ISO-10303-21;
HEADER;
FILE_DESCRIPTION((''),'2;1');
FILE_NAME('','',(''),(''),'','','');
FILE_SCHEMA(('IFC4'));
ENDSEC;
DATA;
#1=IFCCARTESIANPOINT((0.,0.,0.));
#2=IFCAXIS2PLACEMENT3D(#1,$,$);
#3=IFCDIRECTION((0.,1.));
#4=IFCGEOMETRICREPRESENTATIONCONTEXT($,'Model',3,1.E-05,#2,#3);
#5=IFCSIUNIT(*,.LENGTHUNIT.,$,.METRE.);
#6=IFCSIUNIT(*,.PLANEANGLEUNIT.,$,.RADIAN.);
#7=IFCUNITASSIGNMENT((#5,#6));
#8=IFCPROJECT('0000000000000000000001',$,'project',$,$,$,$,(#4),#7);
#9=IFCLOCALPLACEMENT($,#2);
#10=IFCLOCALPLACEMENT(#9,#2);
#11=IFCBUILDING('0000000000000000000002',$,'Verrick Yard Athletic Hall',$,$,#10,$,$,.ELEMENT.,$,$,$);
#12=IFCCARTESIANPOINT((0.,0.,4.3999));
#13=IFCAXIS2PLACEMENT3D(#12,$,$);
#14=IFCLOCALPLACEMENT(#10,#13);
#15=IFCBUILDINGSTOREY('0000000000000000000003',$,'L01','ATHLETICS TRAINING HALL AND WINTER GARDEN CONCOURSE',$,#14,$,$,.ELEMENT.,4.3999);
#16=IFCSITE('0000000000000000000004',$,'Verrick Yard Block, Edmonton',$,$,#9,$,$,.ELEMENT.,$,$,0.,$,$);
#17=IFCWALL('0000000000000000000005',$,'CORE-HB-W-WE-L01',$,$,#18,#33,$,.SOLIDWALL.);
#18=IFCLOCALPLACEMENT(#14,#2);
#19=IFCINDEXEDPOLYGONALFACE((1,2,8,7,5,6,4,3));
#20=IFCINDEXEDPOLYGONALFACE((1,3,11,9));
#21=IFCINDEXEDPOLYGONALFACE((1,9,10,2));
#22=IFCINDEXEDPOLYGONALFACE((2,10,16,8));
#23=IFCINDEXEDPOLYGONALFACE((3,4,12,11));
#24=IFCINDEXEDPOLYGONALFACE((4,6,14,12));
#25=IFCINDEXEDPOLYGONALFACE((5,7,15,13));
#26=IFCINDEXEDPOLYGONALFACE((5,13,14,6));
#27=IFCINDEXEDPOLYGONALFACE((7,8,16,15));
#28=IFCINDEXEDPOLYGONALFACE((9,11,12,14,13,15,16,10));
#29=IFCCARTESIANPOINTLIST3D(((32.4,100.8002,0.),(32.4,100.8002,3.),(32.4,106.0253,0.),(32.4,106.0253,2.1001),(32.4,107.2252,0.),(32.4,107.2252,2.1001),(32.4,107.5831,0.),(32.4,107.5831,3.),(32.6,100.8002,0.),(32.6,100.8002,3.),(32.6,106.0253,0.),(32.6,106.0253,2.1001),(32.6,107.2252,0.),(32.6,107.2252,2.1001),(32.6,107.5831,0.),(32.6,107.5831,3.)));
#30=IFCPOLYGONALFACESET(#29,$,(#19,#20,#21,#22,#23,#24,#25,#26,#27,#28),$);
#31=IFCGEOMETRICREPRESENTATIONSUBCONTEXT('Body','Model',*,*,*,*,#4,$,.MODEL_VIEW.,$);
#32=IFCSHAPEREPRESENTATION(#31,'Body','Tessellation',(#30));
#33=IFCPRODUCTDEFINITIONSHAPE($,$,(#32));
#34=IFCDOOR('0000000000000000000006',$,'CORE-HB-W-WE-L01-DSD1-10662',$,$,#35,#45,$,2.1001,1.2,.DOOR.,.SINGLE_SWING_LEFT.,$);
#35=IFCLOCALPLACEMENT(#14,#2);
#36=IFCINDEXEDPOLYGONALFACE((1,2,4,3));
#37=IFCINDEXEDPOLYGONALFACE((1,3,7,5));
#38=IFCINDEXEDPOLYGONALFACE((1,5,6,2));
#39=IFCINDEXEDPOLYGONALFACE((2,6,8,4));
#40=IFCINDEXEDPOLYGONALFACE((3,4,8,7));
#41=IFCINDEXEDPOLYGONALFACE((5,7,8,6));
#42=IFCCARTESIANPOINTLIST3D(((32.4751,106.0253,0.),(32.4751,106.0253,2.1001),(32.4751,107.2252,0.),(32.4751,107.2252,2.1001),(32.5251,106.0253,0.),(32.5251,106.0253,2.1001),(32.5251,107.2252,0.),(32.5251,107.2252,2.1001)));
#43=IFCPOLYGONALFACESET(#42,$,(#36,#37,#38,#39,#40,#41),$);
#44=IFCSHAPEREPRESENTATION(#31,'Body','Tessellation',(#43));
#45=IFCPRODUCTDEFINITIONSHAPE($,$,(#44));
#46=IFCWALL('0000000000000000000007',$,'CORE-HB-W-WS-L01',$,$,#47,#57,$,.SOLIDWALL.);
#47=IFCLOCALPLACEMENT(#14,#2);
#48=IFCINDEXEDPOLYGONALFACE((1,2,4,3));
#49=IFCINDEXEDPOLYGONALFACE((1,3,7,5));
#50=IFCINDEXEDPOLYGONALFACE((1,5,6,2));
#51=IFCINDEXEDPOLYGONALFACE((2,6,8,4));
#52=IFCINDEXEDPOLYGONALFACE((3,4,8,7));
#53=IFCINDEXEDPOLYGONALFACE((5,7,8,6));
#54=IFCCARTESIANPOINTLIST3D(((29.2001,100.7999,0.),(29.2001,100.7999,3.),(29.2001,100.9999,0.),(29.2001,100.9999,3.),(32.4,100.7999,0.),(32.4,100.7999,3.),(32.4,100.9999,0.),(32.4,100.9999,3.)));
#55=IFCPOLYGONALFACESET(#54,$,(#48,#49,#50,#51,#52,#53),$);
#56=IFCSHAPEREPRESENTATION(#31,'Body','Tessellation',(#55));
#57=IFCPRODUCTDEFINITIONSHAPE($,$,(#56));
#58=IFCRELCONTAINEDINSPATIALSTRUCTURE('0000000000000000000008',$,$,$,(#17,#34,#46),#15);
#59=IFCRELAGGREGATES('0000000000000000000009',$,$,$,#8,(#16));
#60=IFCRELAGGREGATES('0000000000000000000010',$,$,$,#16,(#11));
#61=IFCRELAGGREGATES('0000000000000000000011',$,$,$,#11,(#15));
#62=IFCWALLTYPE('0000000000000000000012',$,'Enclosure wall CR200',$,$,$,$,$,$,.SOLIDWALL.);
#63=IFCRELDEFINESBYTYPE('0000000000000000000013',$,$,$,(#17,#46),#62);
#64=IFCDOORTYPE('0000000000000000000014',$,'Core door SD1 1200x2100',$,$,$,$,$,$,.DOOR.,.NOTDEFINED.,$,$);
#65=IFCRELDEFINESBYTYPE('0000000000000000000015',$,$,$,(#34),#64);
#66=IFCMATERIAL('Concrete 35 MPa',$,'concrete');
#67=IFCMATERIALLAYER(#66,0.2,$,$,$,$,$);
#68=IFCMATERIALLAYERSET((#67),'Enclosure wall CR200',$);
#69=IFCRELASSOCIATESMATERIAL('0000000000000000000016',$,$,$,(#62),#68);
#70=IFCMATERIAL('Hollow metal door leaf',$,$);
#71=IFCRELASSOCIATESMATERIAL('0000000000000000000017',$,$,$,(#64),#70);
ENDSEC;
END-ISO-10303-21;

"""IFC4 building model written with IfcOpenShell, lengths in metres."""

from ifc_helpers import new_model, si_unit, direction, frame, frame_2d, origin, place, context, subcontext, project, spatial, rectangle, extrude, material, layer, layer_set, type_object, element, fill, save


model = new_model("IFC4")

# Units and contexts
model_context = context("Model", 3, precision=1e-05, world=origin(), true_north=direction((0.0, 1.0)))
body_context = subcontext(model_context, "Body", "Model", "MODEL_VIEW")
ifc_project = project(units=[si_unit("LENGTHUNIT", "METRE"), si_unit("PLANEANGLEUNIT", "RADIAN")], contexts=[model_context])

# Site, building, storey
site_placement = place(None, origin())
site = spatial("IfcSite", under=ifc_project, at=site_placement, Name="Verrick Yard Block, Edmonton", CompositionType="ELEMENT", RefElevation=0.0)
building_placement = place(site_placement, origin())
building = spatial("IfcBuilding", under=site, at=building_placement, Name="Verrick Yard Athletic Hall", CompositionType="ELEMENT")
storey_placement = place(building_placement, frame((0.0, 0.0, 4.3999)))
storey = spatial("IfcBuildingStorey", under=building, at=storey_placement, Name="L01", Description="ATHLETICS TRAINING HALL AND WINTER GARDEN CONCOURSE", CompositionType="ELEMENT", Elevation=4.3999)

# Shared definitions
ifc_material_1 = material(Name="Concrete 35 MPa", Category="concrete")
ifc_layer_1 = layer(ifc_material_1, 0.2)
ifc_layer_set_1 = layer_set([ifc_layer_1], Name="Enclosure wall CR200")
wall_type_1 = type_object("IfcWallType", Name="Enclosure wall CR200", PredefinedType="SOLIDWALL", material=ifc_layer_set_1)

# Wall, opening, door
wall_1_placement = place(storey_placement, frame((32.5, 100.8, 0.0), z_axis=(0.0, 0.0, 1.0), x_axis=(0.0, 1.0, 0.0)))
wall_1 = element("IfcWall", 1, at=wall_1_placement, inside=storey, type_object=wall_type_1, Name="CORE-HB-W-WE-L01", PredefinedType="SOLIDWALL", context=body_context, shape_type="SweptSolid", body=[
    extrude(rectangle(XDim=6.783, YDim=0.2, at=frame_2d((3.3916, 0.0))), origin(), (0.0, 0.0, 1.0), 3.0),
])
opening_1_placement = place(wall_1_placement, frame((5.2251, 0.0, 0.0)))
opening_1 = element("IfcOpeningElement", 2, at=opening_1_placement, cuts=wall_1, PredefinedType="OPENING", context=body_context, shape_type="SweptSolid", body=[
    extrude(rectangle(XDim=1.2, YDim=2.1001, at=frame_2d((0.6001, 1.05))), frame((0.0, 0.1099, 0.0), z_axis=(0.0, -1.0, 0.0), x_axis=(1.0, 0.0, 0.0)), (0.0, 0.0, 1.0), 0.22),
])
ifc_material_2 = material(Name="Hollow metal door leaf")
door_type = type_object("IfcDoorType", Name="Core door SD1 1200x2100", OperationType="NOTDEFINED", PredefinedType="DOOR", material=ifc_material_2)
door_placement = place(opening_1_placement, origin())
door = element("IfcDoor", 3, at=door_placement, inside=storey, type_object=door_type, Name="CORE-HB-W-WE-L01-DSD1-10662", OperationType="SINGLE_SWING_LEFT", OverallHeight=2.1001, OverallWidth=1.2, PredefinedType="DOOR", context=body_context, shape_type="SweptSolid", body=[
    extrude(rectangle(XDim=1.2, YDim=2.1001, at=frame_2d((0.6001, 1.05))), frame((0.0, 0.0249, 0.0), z_axis=(0.0, -1.0, 0.0), x_axis=(1.0, 0.0, 0.0)), (0.0, 0.0, 1.0), 0.05),
])
fill(opening_1, door)

# Wall
wall_2_placement = place(storey_placement, frame((29.2, 100.8999, 0.0), z_axis=(0.0, 0.0, 1.0), x_axis=(1.0, 0.0, 0.0)))
element("IfcWall", 4, at=wall_2_placement, inside=storey, type_object=wall_type_1, Name="CORE-HB-W-WS-L01", PredefinedType="SOLIDWALL", context=body_context, shape_type="SweptSolid", body=[
    extrude(rectangle(XDim=3.2, YDim=0.2, at=frame_2d((1.6001, 0.0))), origin(), (0.0, 0.0, 1.0), 3.0),
])

save(model, "model.ifc")
